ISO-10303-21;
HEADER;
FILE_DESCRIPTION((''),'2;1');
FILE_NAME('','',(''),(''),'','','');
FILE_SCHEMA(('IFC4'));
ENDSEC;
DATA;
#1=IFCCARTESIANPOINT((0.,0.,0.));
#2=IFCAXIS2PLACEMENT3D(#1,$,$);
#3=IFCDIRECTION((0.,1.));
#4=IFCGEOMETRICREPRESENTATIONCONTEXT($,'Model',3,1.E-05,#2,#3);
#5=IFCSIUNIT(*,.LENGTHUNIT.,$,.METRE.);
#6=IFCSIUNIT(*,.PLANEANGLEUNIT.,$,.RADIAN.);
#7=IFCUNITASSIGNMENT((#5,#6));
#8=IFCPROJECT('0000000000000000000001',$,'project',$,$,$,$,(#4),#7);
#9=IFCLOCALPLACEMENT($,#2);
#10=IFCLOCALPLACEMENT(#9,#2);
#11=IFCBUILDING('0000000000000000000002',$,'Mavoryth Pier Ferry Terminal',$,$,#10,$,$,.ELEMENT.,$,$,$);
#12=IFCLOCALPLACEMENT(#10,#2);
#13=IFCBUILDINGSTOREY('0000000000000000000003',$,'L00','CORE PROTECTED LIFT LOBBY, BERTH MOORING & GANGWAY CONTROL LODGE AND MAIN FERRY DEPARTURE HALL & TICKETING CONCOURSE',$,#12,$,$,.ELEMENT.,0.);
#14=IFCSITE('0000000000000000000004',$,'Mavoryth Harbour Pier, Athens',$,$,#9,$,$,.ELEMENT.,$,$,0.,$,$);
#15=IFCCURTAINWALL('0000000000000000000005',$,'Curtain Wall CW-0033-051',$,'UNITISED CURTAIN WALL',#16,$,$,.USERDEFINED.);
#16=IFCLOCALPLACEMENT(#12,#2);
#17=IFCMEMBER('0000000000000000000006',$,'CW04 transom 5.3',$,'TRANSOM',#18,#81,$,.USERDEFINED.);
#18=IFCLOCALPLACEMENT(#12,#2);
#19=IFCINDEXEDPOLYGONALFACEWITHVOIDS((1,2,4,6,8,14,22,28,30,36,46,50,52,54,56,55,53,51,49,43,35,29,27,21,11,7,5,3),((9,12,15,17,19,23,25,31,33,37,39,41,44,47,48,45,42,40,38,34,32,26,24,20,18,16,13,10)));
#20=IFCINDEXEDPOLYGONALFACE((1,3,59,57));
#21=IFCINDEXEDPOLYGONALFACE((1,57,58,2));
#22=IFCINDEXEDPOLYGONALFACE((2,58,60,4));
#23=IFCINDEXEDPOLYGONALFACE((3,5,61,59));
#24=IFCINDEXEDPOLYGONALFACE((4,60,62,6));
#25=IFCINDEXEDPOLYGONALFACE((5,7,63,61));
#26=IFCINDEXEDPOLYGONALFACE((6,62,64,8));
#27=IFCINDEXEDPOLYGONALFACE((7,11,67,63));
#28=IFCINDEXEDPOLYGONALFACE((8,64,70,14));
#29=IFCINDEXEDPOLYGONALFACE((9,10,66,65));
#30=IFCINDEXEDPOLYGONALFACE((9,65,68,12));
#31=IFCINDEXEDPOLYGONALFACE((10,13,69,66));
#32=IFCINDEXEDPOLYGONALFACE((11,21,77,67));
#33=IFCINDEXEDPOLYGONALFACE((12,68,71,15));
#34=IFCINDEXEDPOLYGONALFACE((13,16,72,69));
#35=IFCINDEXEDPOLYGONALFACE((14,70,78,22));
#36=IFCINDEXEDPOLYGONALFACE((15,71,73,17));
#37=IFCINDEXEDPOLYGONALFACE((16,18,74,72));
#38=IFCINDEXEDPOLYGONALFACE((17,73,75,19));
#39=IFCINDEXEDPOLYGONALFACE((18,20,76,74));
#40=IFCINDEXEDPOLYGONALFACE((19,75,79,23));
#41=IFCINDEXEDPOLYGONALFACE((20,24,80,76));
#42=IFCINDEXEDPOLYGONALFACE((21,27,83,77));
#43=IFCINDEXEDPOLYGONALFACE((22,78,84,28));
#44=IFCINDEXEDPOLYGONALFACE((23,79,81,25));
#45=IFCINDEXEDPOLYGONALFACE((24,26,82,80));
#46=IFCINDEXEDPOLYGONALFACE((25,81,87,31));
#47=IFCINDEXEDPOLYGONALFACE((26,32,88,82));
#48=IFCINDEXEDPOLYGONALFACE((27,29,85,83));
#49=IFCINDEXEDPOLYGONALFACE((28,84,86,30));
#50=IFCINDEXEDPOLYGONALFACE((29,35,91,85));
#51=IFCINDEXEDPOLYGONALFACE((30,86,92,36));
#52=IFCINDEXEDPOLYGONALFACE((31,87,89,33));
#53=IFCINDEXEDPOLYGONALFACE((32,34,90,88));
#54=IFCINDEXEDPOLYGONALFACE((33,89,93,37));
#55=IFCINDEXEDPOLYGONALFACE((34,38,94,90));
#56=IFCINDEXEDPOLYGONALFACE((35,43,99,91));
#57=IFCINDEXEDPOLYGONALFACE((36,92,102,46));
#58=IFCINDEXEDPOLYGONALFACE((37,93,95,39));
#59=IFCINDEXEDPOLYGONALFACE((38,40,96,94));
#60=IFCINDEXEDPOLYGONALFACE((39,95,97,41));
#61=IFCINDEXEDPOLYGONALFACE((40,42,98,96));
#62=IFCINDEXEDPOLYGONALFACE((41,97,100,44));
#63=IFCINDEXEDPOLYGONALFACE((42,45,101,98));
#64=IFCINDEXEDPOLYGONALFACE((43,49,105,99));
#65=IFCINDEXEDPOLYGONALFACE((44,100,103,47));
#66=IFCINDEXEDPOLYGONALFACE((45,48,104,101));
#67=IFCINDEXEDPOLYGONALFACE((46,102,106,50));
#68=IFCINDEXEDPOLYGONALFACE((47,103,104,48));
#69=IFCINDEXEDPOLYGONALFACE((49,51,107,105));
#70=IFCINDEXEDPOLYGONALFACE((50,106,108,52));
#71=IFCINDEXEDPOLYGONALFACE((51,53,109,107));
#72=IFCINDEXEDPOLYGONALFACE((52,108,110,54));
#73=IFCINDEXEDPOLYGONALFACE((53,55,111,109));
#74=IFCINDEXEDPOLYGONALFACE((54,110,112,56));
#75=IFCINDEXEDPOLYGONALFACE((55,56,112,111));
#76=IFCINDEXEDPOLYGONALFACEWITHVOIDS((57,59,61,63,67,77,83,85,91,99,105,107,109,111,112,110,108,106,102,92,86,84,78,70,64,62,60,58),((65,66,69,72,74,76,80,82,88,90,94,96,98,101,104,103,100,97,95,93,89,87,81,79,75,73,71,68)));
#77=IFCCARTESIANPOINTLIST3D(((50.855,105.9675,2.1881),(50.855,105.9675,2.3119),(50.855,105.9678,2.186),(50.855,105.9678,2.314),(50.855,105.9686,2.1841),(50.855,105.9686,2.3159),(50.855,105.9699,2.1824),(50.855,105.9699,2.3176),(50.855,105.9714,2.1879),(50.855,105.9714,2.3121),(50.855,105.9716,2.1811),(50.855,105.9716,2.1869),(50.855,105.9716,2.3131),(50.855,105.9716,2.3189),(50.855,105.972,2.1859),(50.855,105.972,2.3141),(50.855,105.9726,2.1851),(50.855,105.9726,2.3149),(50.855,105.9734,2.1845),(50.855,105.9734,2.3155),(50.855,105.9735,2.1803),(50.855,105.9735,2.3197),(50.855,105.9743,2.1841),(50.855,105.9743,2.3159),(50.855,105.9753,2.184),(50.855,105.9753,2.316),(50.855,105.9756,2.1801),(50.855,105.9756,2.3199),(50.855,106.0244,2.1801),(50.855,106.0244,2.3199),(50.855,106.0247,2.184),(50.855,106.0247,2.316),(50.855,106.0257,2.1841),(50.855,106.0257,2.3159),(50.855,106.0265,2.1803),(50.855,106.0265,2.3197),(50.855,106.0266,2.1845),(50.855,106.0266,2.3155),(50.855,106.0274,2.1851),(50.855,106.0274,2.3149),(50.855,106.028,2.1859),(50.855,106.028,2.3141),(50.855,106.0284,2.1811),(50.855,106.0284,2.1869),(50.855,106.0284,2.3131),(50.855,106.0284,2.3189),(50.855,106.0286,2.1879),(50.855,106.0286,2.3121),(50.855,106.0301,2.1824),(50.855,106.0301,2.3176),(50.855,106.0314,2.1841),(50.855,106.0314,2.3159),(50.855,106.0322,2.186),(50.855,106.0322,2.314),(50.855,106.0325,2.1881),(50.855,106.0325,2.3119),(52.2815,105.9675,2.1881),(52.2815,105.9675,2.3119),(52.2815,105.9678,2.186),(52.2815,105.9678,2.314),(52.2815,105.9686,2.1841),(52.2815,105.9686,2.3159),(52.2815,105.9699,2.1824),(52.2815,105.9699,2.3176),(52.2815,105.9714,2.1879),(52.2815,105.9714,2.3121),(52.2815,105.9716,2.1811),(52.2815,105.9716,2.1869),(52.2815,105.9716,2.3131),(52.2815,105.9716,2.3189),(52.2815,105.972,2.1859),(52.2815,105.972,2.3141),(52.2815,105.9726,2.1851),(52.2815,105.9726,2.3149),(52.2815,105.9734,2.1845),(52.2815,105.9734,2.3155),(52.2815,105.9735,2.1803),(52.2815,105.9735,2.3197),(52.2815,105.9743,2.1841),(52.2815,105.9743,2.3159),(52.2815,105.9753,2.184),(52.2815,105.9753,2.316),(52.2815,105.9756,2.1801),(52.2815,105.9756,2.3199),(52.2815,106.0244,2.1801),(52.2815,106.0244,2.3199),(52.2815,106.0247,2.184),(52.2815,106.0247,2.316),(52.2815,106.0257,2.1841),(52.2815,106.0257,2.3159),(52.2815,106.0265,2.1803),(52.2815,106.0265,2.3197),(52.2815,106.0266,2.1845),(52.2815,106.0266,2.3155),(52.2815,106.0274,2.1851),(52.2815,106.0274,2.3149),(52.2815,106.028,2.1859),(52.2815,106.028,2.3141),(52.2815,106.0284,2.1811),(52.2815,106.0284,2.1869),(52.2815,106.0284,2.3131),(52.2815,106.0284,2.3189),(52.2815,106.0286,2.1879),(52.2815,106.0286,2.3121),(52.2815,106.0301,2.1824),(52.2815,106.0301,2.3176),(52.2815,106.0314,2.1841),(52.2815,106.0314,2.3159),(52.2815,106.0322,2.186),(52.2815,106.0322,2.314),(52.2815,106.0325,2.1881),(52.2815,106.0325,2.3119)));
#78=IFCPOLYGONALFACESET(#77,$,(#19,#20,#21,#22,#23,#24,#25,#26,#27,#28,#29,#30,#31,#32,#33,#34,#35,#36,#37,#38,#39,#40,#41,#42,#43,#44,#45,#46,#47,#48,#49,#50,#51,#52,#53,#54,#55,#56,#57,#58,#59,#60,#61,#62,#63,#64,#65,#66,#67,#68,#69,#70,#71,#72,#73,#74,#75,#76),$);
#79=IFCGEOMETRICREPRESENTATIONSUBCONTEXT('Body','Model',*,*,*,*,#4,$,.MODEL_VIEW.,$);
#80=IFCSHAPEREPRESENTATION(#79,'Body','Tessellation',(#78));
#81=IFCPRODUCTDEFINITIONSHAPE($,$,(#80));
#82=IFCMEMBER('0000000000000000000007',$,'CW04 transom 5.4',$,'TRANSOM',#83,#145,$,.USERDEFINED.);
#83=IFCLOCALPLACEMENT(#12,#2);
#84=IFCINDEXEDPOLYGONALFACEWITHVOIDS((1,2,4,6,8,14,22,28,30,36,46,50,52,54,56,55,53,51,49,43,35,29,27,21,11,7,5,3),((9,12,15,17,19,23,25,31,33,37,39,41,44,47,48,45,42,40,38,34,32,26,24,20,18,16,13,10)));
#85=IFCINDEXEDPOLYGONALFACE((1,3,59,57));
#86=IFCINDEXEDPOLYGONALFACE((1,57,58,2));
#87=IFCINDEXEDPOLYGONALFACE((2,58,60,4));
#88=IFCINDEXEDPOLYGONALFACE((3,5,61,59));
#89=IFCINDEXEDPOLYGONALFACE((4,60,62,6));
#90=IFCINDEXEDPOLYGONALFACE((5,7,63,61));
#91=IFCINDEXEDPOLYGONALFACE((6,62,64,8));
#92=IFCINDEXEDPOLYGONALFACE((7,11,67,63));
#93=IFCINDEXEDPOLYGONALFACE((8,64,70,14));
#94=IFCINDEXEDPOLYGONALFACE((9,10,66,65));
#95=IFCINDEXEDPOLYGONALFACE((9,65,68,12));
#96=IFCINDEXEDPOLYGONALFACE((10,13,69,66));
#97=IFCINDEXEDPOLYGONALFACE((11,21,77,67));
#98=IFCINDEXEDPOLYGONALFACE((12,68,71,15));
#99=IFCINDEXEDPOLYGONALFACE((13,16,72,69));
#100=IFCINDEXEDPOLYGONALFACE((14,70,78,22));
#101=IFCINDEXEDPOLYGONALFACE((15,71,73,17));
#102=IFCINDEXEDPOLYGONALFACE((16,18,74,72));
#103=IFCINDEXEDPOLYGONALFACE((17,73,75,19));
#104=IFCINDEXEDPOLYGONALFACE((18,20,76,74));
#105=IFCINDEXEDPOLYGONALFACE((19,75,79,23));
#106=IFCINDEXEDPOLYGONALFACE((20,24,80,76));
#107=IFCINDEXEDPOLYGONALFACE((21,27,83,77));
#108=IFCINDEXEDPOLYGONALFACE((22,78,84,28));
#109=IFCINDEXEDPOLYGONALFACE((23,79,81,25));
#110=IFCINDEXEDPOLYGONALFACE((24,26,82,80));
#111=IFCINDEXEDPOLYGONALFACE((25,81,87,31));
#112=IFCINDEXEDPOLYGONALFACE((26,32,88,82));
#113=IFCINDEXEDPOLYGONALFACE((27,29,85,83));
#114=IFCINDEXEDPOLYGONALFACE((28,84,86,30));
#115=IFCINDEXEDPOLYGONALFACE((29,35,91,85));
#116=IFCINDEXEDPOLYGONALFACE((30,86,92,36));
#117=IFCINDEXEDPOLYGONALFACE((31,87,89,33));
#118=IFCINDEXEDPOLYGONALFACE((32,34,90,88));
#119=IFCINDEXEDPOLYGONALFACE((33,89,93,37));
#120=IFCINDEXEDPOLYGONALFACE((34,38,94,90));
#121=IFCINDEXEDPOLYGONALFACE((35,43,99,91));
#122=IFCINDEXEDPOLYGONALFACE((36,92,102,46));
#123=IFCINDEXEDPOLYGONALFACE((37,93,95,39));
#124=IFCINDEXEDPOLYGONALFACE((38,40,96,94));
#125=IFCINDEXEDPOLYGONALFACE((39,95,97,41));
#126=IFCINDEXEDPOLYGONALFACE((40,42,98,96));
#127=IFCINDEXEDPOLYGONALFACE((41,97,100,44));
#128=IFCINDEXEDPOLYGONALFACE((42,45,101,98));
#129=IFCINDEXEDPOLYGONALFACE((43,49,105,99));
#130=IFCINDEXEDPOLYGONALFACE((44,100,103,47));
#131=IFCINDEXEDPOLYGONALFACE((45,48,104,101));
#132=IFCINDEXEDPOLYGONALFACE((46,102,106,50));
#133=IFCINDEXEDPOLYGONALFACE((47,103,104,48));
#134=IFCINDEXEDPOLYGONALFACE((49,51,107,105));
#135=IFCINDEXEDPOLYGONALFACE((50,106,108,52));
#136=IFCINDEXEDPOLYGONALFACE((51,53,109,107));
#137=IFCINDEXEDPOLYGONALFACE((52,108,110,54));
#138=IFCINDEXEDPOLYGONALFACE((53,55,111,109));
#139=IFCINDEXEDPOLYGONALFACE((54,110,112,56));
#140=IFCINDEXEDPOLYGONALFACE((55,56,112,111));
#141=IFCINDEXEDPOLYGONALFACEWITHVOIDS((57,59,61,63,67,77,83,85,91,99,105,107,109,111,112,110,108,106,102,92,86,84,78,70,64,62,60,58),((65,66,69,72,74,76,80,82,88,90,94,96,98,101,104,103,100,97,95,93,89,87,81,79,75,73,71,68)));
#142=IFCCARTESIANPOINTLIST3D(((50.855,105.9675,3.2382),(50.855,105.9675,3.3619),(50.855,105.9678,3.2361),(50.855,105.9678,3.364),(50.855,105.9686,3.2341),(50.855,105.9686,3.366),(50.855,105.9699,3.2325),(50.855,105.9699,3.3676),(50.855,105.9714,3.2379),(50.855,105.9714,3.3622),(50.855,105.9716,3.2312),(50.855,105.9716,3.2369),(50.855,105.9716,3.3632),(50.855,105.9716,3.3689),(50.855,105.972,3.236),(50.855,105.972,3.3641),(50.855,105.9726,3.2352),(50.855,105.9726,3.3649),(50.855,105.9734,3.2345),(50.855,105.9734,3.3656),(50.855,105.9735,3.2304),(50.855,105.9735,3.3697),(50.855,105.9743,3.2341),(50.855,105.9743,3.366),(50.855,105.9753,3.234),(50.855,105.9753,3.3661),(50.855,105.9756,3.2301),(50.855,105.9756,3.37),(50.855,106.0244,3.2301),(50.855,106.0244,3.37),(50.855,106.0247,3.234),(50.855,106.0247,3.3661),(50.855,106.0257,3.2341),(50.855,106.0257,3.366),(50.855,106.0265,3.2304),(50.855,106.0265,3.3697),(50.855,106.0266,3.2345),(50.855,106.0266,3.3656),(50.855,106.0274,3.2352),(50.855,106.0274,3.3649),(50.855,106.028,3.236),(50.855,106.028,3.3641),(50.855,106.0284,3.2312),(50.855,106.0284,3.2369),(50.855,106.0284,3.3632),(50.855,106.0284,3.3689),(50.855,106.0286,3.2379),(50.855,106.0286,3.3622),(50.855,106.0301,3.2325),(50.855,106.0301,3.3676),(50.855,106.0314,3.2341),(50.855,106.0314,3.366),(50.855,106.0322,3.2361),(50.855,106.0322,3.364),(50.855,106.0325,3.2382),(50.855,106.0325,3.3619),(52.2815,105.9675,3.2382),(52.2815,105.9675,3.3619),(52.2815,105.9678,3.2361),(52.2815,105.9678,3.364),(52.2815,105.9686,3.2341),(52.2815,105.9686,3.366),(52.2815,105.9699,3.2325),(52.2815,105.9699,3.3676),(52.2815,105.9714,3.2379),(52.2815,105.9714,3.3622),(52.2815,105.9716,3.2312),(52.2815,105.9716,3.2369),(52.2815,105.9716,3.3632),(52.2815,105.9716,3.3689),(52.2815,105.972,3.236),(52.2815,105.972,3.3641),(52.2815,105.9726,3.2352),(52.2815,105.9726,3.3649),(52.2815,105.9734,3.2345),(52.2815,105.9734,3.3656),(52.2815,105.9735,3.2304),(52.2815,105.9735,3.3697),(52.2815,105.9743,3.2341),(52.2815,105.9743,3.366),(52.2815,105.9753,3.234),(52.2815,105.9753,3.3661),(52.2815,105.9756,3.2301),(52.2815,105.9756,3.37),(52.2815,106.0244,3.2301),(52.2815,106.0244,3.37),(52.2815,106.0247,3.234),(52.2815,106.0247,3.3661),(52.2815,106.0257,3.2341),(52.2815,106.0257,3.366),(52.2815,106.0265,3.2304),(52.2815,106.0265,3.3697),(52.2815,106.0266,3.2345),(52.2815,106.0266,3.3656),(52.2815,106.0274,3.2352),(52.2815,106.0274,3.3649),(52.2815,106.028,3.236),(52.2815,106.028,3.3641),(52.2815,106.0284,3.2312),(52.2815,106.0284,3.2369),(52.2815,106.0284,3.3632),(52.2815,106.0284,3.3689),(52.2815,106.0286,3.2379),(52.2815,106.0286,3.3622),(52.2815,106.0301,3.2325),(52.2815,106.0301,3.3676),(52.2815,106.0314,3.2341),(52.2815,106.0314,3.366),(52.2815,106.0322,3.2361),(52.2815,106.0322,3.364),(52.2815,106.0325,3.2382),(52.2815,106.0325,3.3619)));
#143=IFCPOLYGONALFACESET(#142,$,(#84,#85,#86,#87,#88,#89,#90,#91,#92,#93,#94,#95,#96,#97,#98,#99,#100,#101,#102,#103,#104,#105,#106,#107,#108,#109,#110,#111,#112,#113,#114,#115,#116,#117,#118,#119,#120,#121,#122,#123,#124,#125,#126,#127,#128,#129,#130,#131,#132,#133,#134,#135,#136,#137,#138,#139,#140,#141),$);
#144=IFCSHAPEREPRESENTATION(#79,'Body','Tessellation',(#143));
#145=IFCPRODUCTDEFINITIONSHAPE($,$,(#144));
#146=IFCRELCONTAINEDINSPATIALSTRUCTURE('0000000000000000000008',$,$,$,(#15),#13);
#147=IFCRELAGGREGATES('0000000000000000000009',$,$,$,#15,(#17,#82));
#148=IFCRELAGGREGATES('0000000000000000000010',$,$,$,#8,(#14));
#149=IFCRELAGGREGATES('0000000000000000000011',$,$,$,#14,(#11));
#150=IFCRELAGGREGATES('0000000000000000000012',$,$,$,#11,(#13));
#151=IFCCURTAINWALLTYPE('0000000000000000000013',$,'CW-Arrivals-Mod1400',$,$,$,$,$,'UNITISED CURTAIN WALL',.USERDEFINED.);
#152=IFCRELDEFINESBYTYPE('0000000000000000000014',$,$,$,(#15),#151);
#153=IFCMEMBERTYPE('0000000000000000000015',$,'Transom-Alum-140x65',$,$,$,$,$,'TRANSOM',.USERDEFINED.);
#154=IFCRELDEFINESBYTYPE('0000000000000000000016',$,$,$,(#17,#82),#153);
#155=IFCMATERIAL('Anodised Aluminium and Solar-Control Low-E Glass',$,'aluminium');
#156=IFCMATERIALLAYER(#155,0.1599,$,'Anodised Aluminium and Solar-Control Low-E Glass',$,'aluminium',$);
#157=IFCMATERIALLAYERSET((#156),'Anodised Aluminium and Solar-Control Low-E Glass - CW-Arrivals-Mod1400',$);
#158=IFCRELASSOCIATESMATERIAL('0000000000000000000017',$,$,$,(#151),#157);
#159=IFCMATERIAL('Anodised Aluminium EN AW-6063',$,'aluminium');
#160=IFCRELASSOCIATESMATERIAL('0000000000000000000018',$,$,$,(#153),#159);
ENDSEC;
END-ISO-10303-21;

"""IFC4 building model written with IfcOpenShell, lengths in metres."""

from ifc_helpers import new_model, si_unit, direction, frame, origin, origin_2d, place, context, subcontext, project, spatial, hollow_rectangle, extrude, material, layer, layer_set, material_profile, profile_set, type_object, element, aggregate, save


model = new_model("IFC4")

# Units and contexts
model_context = context("Model", 3, precision=1e-05, world=origin(), true_north=direction((0.0, 1.0)))
body_context = subcontext(model_context, "Body", "Model", "MODEL_VIEW")
ifc_project = project(units=[si_unit("LENGTHUNIT", "METRE"), si_unit("PLANEANGLEUNIT", "RADIAN")], contexts=[model_context])

# Site, building, storey
site_placement = place(None, origin())
site = spatial("IfcSite", under=ifc_project, at=site_placement, Name="Mavoryth Harbour Pier, Athens", CompositionType="ELEMENT", RefElevation=0.0)
building_placement = place(site_placement, origin())
building = spatial("IfcBuilding", under=site, at=building_placement, Name="Mavoryth Pier Ferry Terminal", CompositionType="ELEMENT")
storey_placement = place(building_placement, origin())
storey = spatial("IfcBuildingStorey", under=building, at=storey_placement, Name="L00", Description="CORE PROTECTED LIFT LOBBY, BERTH MOORING & GANGWAY CONTROL LODGE AND MAIN FERRY DEPARTURE HALL & TICKETING CONCOURSE", CompositionType="ELEMENT", Elevation=0.0)

# Curtain wall, members
ifc_material_1 = material(Name="Anodised Aluminium and Solar-Control Low-E Glass", Category="aluminium")
ifc_layer_1 = layer(ifc_material_1, 0.1599, Name="Anodised Aluminium and Solar-Control Low-E Glass", Category="aluminium")
ifc_layer_set_1 = layer_set([ifc_layer_1], Name="Anodised Aluminium and Solar-Control Low-E Glass - CW-Arrivals-Mod1400")
curtain_wall_type = type_object("IfcCurtainWallType", Name="CW-Arrivals-Mod1400", ElementType="UNITISED CURTAIN WALL", PredefinedType="USERDEFINED", material=ifc_layer_set_1)
curtain_wall_placement = place(storey_placement, origin())
curtain_wall = element("IfcCurtainWall", 1, at=curtain_wall_placement, inside=storey, type_object=curtain_wall_type, Name="Curtain Wall CW-0033-051", ObjectType="UNITISED CURTAIN WALL", PredefinedType="USERDEFINED")
ifc_material_2 = material(Name="Anodised Aluminium EN AW-6063", Category="aluminium")
ifc_material_profile_1 = material_profile(ifc_material_2, hollow_rectangle(XDim=0.0649, YDim=0.1399, WallThickness=0.0039, InnerFilletRadius=0.0039, OuterFilletRadius=0.0081, at=origin_2d()), Name="AL-TRAN 140x65x4", Category="aluminium")
ifc_profile_set_1 = profile_set([ifc_material_profile_1], Name="Anodised Aluminium EN AW-6063 - AL-TRAN 140x65x4")
member_type_1 = type_object("IfcMemberType", Name="Transom-Alum-140x65", ElementType="TRANSOM", PredefinedType="USERDEFINED", material=ifc_profile_set_1)
member_1_placement = place(storey_placement, frame((52.2815, 106.0, 2.25), z_axis=(-1.0, 0.0, 0.0), x_axis=(0.0, -1.0, 0.0)))
member_1 = element("IfcMember", 2, at=member_1_placement, type_object=member_type_1, Name="CW04 transom 5.3", ObjectType="TRANSOM", PredefinedType="USERDEFINED", context=body_context, shape_type="SweptSolid", body=[
    extrude(hollow_rectangle(XDim=0.0649, YDim=0.1399, WallThickness=0.0039, InnerFilletRadius=0.0039, OuterFilletRadius=0.0081, at=origin_2d()), origin(), (0.0, 0.0, 1.0), 1.4265),
])
member_2_placement = place(storey_placement, frame((52.2815, 106.0, 3.3), z_axis=(-1.0, 0.0, 0.0), x_axis=(0.0, -1.0, 0.0)))
member_2 = element("IfcMember", 3, at=member_2_placement, type_object=member_type_1, Name="CW04 transom 5.4", ObjectType="TRANSOM", PredefinedType="USERDEFINED", context=body_context, shape_type="SweptSolid", body=[
    extrude(hollow_rectangle(XDim=0.0649, YDim=0.1399, WallThickness=0.0039, InnerFilletRadius=0.0039, OuterFilletRadius=0.0081, at=origin_2d()), origin(), (0.0, 0.0, 1.0), 1.4265),
])
aggregate(curtain_wall, [member_1, member_2])

save(model, "model.ifc")
